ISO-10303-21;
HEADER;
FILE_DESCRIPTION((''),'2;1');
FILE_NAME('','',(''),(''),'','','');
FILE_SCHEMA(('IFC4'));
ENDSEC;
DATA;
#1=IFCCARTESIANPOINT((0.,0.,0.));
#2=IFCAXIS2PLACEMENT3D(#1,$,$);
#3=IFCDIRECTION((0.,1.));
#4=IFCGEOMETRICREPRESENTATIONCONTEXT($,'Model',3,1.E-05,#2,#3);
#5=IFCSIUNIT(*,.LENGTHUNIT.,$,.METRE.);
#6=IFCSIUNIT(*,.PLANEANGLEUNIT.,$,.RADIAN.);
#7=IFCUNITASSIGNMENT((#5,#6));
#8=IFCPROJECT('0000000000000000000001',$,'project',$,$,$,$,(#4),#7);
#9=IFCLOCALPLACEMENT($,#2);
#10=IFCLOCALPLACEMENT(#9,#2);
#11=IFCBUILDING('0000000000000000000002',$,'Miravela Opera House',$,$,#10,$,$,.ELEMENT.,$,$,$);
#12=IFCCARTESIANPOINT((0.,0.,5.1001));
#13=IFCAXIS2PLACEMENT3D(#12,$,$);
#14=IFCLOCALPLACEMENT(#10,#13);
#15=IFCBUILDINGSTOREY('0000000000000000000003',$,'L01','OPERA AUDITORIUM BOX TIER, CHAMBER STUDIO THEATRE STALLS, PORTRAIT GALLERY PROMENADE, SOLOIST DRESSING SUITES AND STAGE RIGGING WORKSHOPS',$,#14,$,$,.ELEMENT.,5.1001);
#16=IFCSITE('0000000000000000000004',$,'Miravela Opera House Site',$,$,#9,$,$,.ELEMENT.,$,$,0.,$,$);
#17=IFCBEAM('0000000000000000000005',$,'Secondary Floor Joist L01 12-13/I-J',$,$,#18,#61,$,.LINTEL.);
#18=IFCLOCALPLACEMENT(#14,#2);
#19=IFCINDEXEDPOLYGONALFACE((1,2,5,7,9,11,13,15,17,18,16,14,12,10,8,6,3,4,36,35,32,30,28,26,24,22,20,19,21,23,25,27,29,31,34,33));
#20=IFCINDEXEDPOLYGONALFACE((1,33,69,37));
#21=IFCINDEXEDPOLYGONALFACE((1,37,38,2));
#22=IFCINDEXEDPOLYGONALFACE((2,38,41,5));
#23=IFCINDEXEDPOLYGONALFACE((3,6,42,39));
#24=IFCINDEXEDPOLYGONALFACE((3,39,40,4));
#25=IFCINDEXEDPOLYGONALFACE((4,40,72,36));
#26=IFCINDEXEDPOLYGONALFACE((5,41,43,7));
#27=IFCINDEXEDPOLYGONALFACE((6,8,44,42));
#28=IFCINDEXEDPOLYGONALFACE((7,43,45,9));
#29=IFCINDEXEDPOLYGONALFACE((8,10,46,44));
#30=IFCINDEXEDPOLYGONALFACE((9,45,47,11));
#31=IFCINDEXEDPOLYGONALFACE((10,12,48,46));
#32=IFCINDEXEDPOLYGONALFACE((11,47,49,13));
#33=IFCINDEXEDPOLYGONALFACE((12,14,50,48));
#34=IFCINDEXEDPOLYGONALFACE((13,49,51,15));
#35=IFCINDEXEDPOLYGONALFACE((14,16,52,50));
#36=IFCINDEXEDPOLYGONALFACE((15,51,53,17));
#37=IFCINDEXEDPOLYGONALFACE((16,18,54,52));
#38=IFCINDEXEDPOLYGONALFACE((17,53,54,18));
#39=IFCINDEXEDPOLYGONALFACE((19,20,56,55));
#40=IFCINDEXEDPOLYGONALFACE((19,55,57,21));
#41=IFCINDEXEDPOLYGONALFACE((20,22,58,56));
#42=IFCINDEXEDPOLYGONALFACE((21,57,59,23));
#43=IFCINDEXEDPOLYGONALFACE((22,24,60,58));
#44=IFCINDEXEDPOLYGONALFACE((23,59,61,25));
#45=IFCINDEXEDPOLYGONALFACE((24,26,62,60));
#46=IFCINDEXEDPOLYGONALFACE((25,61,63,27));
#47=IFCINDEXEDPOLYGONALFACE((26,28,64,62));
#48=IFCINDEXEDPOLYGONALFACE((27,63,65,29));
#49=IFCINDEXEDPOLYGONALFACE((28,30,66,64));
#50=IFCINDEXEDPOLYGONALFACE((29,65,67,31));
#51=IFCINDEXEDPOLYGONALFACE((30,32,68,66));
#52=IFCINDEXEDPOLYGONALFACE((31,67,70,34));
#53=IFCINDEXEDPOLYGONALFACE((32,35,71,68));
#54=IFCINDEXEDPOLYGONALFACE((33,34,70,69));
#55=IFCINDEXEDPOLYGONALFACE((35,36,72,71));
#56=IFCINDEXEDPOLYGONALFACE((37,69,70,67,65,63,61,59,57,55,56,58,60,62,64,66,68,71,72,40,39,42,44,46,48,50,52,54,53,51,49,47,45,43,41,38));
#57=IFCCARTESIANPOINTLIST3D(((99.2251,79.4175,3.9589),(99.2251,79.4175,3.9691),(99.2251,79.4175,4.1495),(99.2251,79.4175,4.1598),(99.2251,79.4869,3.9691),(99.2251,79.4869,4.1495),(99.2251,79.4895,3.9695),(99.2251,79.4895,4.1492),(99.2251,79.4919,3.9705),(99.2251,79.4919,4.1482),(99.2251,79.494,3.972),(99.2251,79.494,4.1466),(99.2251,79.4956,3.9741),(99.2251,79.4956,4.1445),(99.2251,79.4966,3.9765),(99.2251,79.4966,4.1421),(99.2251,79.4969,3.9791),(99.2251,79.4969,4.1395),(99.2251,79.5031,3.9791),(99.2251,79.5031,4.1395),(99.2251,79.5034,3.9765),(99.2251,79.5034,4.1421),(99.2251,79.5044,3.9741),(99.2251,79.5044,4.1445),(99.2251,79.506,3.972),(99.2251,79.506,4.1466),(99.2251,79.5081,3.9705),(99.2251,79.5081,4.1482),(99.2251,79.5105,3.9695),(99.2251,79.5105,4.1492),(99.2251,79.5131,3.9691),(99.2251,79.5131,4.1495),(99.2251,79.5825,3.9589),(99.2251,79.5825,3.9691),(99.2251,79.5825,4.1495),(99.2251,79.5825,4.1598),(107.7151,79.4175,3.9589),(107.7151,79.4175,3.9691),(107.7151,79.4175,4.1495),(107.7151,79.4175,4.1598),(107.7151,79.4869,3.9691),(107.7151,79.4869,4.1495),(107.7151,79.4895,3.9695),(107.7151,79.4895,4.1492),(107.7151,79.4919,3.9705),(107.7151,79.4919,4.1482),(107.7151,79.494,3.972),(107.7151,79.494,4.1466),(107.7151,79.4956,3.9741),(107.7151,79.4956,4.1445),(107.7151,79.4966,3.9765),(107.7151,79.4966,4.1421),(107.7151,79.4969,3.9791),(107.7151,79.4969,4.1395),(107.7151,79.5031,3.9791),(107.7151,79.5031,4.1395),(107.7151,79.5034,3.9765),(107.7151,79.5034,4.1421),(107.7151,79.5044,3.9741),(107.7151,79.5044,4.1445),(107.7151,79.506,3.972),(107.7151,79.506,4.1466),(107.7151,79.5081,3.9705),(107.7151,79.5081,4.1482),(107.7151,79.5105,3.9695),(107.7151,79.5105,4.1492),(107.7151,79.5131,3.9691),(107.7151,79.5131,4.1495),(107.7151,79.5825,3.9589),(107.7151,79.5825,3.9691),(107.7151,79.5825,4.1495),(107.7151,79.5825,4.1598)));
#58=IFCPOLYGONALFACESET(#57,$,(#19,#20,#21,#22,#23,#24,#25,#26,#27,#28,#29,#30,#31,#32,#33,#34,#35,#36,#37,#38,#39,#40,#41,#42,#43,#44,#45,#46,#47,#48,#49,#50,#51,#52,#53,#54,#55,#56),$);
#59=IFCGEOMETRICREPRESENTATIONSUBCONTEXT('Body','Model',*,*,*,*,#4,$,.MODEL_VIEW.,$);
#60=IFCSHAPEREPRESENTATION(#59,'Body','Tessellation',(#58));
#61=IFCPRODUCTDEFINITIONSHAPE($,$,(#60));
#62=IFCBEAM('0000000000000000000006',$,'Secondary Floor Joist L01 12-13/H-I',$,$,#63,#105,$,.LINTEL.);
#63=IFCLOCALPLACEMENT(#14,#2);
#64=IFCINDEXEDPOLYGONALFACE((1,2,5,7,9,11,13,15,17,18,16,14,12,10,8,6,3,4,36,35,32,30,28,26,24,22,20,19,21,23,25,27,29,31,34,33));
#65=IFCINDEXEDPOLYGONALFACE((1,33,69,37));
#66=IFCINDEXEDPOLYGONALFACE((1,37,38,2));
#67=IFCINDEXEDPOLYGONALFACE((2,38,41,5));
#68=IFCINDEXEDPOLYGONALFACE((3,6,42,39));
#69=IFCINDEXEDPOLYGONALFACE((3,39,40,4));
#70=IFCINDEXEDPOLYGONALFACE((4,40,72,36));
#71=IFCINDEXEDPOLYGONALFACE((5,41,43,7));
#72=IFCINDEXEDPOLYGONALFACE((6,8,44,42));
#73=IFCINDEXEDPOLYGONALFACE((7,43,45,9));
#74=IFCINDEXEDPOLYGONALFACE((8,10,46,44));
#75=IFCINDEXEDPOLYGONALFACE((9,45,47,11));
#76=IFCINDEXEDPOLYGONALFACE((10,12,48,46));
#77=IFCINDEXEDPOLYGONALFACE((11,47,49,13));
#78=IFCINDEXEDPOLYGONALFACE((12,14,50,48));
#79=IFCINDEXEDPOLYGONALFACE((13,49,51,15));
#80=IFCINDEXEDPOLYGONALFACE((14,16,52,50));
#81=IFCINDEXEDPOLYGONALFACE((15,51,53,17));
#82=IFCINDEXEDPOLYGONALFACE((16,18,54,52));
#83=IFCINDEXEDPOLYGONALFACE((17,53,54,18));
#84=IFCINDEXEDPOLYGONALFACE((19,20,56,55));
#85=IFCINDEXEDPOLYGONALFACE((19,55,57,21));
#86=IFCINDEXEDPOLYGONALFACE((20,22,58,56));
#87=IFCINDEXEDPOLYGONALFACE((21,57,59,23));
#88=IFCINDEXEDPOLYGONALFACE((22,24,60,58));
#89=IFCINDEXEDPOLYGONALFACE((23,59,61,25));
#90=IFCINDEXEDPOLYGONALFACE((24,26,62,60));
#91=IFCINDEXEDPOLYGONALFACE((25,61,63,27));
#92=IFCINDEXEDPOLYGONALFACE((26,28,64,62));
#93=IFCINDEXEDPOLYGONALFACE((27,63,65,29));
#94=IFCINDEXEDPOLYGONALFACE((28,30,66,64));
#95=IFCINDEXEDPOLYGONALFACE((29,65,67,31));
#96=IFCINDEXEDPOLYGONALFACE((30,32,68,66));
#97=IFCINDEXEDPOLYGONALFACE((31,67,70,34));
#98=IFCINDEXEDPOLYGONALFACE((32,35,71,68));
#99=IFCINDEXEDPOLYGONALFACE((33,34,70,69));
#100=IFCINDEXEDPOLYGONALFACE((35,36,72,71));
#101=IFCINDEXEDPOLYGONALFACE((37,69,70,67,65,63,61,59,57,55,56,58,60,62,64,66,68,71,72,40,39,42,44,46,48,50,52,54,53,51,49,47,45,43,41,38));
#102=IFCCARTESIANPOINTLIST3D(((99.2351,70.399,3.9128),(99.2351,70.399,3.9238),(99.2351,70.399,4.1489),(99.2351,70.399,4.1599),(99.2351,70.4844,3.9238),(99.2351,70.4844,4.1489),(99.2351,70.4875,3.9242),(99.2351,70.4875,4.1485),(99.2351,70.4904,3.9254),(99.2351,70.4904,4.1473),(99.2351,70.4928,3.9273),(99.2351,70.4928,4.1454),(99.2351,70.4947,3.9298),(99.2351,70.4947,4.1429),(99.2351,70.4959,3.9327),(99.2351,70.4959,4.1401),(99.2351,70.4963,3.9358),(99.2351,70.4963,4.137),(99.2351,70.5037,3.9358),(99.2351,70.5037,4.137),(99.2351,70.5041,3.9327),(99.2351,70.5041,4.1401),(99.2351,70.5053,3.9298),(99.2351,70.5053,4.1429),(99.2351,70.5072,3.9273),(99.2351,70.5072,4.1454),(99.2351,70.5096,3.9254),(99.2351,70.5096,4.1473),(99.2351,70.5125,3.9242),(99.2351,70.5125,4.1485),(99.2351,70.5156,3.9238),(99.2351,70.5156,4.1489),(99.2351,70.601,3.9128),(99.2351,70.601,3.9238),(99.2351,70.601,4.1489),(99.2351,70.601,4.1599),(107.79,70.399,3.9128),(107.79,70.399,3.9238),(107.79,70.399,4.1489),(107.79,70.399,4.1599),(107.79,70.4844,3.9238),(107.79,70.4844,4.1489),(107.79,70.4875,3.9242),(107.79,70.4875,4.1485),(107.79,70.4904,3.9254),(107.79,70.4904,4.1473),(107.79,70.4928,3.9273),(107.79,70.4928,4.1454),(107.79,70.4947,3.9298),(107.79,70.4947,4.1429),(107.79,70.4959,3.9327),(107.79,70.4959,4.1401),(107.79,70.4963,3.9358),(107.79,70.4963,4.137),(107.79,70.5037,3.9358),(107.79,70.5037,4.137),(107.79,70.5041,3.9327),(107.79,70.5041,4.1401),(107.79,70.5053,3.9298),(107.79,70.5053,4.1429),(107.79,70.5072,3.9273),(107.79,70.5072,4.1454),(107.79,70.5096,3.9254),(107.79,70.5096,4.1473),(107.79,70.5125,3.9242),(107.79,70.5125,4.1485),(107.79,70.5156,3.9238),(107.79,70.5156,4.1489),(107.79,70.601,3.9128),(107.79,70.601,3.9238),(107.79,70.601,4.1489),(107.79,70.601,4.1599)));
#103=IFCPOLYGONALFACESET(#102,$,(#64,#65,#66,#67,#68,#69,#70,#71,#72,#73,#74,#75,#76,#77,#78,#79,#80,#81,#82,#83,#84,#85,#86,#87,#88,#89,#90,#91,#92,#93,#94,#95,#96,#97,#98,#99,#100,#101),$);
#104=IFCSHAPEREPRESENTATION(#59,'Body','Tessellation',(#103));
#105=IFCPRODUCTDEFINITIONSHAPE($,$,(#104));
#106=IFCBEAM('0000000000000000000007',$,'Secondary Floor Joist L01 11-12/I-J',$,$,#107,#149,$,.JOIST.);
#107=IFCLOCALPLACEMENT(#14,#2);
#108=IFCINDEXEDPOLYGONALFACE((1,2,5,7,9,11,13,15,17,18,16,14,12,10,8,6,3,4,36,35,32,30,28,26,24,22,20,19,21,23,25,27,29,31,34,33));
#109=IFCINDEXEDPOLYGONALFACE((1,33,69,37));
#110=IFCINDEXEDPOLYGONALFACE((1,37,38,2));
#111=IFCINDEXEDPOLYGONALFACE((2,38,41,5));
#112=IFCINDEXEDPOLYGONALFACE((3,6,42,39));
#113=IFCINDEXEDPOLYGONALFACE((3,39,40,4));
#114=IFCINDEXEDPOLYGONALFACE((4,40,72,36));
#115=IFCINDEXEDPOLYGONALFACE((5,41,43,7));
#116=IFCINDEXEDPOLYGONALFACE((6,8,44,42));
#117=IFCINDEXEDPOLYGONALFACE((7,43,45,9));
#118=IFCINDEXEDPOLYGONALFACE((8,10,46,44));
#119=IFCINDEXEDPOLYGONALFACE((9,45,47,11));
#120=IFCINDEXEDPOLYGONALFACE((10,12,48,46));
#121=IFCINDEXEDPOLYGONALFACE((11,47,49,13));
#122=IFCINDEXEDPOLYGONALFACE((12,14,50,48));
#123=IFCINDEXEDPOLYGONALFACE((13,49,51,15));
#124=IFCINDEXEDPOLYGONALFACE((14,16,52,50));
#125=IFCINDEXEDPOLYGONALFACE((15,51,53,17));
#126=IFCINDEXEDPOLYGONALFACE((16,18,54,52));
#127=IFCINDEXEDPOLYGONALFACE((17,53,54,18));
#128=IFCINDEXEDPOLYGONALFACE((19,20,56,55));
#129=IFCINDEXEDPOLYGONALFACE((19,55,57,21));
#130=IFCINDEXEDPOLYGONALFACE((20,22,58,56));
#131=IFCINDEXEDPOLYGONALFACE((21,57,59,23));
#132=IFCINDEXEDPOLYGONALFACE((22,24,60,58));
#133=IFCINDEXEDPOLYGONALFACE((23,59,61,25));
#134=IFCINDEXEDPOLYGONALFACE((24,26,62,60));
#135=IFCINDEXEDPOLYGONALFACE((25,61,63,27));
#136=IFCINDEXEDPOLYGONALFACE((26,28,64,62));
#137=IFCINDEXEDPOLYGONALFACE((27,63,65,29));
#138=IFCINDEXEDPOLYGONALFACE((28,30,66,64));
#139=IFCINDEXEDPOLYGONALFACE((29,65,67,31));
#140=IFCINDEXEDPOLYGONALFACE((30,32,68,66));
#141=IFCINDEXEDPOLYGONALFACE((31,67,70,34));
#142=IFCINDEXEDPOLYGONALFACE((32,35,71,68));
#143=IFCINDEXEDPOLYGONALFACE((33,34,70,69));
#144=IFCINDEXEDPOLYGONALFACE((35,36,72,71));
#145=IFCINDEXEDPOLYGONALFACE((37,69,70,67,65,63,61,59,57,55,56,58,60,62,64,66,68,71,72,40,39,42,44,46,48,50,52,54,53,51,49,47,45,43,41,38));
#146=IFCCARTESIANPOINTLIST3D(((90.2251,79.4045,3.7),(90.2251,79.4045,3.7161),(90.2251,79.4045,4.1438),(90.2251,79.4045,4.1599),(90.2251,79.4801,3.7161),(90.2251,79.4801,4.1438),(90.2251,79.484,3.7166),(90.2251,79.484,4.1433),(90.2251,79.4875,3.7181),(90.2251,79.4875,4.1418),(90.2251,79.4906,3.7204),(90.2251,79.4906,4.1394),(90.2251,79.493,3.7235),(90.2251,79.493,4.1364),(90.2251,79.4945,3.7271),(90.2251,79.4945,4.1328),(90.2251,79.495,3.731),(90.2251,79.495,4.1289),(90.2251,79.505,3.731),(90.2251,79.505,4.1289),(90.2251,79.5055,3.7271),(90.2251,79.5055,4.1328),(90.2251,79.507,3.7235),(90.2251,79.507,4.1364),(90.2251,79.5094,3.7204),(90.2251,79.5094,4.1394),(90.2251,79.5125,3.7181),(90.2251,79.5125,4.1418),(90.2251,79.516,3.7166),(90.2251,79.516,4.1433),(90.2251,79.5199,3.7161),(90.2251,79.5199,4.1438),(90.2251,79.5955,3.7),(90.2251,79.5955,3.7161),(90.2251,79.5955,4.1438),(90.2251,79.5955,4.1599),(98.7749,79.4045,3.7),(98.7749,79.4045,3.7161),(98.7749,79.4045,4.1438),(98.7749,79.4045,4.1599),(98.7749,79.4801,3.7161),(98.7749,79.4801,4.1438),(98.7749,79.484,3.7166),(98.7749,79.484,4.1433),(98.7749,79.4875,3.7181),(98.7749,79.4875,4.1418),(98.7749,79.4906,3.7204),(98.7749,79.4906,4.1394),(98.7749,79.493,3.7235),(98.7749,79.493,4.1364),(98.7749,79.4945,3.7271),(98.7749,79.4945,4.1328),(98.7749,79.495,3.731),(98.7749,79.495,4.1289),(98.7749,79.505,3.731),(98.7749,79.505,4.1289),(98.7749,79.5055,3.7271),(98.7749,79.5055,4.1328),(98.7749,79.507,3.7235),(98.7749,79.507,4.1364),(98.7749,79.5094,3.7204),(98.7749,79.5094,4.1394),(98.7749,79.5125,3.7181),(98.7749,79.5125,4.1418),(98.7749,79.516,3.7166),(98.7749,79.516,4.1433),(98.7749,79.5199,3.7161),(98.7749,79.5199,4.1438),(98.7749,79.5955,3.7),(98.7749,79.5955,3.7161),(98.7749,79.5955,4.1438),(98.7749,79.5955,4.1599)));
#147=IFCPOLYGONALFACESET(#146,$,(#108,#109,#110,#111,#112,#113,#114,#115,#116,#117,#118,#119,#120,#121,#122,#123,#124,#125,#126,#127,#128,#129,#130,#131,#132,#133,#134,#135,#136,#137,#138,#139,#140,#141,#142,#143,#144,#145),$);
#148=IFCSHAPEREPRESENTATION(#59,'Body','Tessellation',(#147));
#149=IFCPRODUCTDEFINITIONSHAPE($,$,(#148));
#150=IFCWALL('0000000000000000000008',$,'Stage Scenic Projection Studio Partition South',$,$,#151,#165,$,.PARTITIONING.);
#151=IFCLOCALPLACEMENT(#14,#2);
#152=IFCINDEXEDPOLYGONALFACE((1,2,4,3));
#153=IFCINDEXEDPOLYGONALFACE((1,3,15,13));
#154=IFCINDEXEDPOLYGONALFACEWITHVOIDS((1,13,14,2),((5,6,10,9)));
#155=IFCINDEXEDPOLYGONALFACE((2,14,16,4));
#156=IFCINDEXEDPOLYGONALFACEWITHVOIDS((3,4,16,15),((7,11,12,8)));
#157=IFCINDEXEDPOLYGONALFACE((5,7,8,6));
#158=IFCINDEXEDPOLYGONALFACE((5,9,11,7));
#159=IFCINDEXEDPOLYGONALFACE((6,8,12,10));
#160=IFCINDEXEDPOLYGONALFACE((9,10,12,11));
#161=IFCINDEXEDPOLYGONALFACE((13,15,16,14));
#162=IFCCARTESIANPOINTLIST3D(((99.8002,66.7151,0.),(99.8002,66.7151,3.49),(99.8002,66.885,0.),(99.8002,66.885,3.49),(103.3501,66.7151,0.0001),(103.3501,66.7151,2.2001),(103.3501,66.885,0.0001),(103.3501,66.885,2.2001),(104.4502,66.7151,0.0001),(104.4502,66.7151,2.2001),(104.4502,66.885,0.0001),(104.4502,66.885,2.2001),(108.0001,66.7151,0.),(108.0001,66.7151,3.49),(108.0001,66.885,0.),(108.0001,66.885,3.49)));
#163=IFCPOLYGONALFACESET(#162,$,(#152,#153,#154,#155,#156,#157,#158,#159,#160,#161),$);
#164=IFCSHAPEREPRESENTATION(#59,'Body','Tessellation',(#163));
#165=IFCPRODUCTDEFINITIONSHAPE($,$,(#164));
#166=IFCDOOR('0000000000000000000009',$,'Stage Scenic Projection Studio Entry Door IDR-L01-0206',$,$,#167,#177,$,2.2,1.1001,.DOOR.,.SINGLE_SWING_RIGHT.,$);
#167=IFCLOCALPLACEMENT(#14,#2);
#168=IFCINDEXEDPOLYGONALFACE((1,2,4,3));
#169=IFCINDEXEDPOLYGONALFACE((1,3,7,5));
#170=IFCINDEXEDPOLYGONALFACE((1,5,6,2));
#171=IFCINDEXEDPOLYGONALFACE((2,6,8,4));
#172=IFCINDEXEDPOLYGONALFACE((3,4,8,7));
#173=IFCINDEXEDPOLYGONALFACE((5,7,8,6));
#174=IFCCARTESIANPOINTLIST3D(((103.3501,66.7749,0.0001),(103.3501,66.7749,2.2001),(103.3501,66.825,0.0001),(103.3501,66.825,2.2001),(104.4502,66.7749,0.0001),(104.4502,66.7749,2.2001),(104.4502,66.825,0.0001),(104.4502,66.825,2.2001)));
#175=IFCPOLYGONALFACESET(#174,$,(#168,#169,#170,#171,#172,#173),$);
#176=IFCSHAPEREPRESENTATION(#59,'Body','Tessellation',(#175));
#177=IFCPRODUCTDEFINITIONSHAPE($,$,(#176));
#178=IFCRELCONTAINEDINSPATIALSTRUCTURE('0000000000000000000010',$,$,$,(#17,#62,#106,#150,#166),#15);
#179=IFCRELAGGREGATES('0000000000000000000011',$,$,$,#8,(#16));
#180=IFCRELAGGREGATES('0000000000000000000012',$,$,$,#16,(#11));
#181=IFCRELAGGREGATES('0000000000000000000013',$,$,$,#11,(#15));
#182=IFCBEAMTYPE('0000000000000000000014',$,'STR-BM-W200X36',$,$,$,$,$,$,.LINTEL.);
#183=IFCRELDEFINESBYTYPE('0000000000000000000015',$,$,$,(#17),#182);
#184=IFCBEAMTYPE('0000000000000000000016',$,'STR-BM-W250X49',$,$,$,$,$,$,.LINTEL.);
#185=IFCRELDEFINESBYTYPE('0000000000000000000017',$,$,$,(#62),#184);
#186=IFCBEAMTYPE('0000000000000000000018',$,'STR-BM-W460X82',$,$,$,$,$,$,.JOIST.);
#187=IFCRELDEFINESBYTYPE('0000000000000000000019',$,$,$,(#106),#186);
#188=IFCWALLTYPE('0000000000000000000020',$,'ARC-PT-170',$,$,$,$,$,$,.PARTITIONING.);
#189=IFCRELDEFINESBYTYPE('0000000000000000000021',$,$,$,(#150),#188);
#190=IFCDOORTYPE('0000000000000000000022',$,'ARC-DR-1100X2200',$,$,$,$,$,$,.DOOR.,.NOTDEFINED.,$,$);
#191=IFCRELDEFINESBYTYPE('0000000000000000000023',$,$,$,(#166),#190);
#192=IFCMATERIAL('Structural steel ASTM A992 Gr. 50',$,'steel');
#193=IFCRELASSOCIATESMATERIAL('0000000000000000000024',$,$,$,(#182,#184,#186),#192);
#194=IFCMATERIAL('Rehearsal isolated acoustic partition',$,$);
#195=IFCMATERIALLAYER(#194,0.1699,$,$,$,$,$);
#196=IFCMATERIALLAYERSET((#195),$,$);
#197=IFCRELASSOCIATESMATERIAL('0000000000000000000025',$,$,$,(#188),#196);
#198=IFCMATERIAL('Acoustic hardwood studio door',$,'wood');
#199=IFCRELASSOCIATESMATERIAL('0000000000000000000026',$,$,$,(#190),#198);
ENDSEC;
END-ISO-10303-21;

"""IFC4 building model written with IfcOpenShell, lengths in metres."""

from ifc_helpers import new_model, si_unit, direction, frame, frame_2d, origin, origin_2d, place, context, subcontext, project, spatial, rectangle, i_section, extrude, material, layer, layer_set, material_profile, profile_set, type_object, element, fill, save


model = new_model("IFC4")

# Units and contexts
model_context = context("Model", 3, precision=1e-05, world=origin(), true_north=direction((0.0, 1.0)))
body_context = subcontext(model_context, "Body", "Model", "MODEL_VIEW")
ifc_project = project(units=[si_unit("LENGTHUNIT", "METRE"), si_unit("PLANEANGLEUNIT", "RADIAN")], contexts=[model_context])

# Site, building, storey
site_placement = place(None, origin())
site = spatial("IfcSite", under=ifc_project, at=site_placement, Name="Miravela Opera House Site", CompositionType="ELEMENT", RefElevation=0.0)
building_placement = place(site_placement, origin())
building = spatial("IfcBuilding", under=site, at=building_placement, Name="Miravela Opera House", CompositionType="ELEMENT")
storey_placement = place(building_placement, frame((0.0, 0.0, 5.1001)))
storey = spatial("IfcBuildingStorey", under=building, at=storey_placement, Name="L01", Description="OPERA AUDITORIUM BOX TIER, CHAMBER STUDIO THEATRE STALLS, PORTRAIT GALLERY PROMENADE, SOLOIST DRESSING SUITES AND STAGE RIGGING WORKSHOPS", CompositionType="ELEMENT", Elevation=5.1001)

# Beams
ifc_material_1 = material(Name="Structural steel ASTM A992 Gr. 50", Category="steel")
ifc_material_profile_1 = material_profile(ifc_material_1, i_section(OverallWidth=0.165, OverallDepth=0.2009, WebThickness=0.0061, FlangeThickness=0.0103, FilletRadius=0.01, at=origin_2d()), Name="W200X36")
ifc_profile_set_1 = profile_set([ifc_material_profile_1])
beam_type_1 = type_object("IfcBeamType", Name="STR-BM-W200X36", PredefinedType="LINTEL", material=ifc_profile_set_1)
beam_1_placement = place(storey_placement, frame((99.2251, 79.5, 4.0593), z_axis=(1.0, 0.0, 0.0), x_axis=(0.0, 1.0, 0.0)))
element("IfcBeam", 1, at=beam_1_placement, inside=storey, type_object=beam_type_1, Name="Secondary Floor Joist L01 12-13/I-J", PredefinedType="LINTEL", context=body_context, shape_type="SweptSolid", body=[
    extrude(i_section(OverallWidth=0.165, OverallDepth=0.2009, WebThickness=0.0061, FlangeThickness=0.0103, FilletRadius=0.01, at=origin_2d()), origin(), (0.0, 0.0, 1.0), 8.49),
])
ifc_material_profile_2 = material_profile(ifc_material_1, i_section(OverallWidth=0.2019, OverallDepth=0.2471, WebThickness=0.0073, FlangeThickness=0.011, FilletRadius=0.012, at=origin_2d()), Name="W250X49")
ifc_profile_set_2 = profile_set([ifc_material_profile_2])
beam_type_2 = type_object("IfcBeamType", Name="STR-BM-W250X49", PredefinedType="LINTEL", material=ifc_profile_set_2)
beam_2_placement = place(storey_placement, frame((99.2351, 70.5, 4.0364), z_axis=(1.0, 0.0, 0.0), x_axis=(0.0, 1.0, 0.0)))
element("IfcBeam", 2, at=beam_2_placement, inside=storey, type_object=beam_type_2, Name="Secondary Floor Joist L01 12-13/H-I", PredefinedType="LINTEL", context=body_context, shape_type="SweptSolid", body=[
    extrude(i_section(OverallWidth=0.2019, OverallDepth=0.2471, WebThickness=0.0073, FlangeThickness=0.011, FilletRadius=0.012, at=origin_2d()), origin(), (0.0, 0.0, 1.0), 8.5549),
])
ifc_material_profile_3 = material_profile(ifc_material_1, i_section(OverallWidth=0.1909, OverallDepth=0.46, WebThickness=0.01, FlangeThickness=0.0161, FilletRadius=0.0149, at=origin_2d()), Name="W460X82")
ifc_profile_set_3 = profile_set([ifc_material_profile_3])
beam_type_3 = type_object("IfcBeamType", Name="STR-BM-W460X82", PredefinedType="JOIST", material=ifc_profile_set_3)
beam_3_placement = place(storey_placement, frame((90.2251, 79.5, 3.9299), z_axis=(1.0, 0.0, 0.0), x_axis=(0.0, 1.0, 0.0)))
element("IfcBeam", 3, at=beam_3_placement, inside=storey, type_object=beam_type_3, Name="Secondary Floor Joist L01 11-12/I-J", PredefinedType="JOIST", context=body_context, shape_type="SweptSolid", body=[
    extrude(i_section(OverallWidth=0.1909, OverallDepth=0.46, WebThickness=0.01, FlangeThickness=0.0161, FilletRadius=0.0149, at=origin_2d()), origin(), (0.0, 0.0, 1.0), 8.5498),
])

# Wall, opening, door
ifc_material_2 = material(Name="Rehearsal isolated acoustic partition")
ifc_layer_1 = layer(ifc_material_2, 0.1699)
ifc_layer_set_1 = layer_set([ifc_layer_1])
wall_type_1 = type_object("IfcWallType", Name="ARC-PT-170", PredefinedType="PARTITIONING", material=ifc_layer_set_1)
wall_1_placement = place(storey_placement, frame((99.8, 66.8, 0.0), z_axis=(0.0, 0.0, 1.0), x_axis=(1.0, 0.0, 0.0)))
wall_1 = element("IfcWall", 4, at=wall_1_placement, inside=storey, type_object=wall_type_1, Name="Stage Scenic Projection Studio Partition South", PredefinedType="PARTITIONING", context=body_context, shape_type="SweptSolid", body=[
    extrude(rectangle(XDim=8.2, YDim=0.1699, at=frame_2d((4.1001, 0.0))), origin(), (0.0, 0.0, 1.0), 3.49),
])
opening_placement = place(wall_1_placement, frame((3.55, 0.0, 0.0)))
opening = element("IfcOpeningElement", 5, at=opening_placement, cuts=wall_1, PredefinedType="OPENING", context=body_context, shape_type="SweptSolid", body=[
    extrude(rectangle(XDim=1.1001, YDim=2.2, at=frame_2d((0.55, 1.1001))), frame((0.0, 0.095, 0.0), z_axis=(0.0, -1.0, 0.0), x_axis=(1.0, 0.0, 0.0)), (0.0, 0.0, 1.0), 0.1899),
])
ifc_material_3 = material(Name="Acoustic hardwood studio door", Category="wood")
door_type = type_object("IfcDoorType", Name="ARC-DR-1100X2200", OperationType="NOTDEFINED", PredefinedType="DOOR", material=ifc_material_3)
door_placement = place(opening_placement, origin())
door = element("IfcDoor", 6, at=door_placement, inside=storey, type_object=door_type, Name="Stage Scenic Projection Studio Entry Door IDR-L01-0206", OperationType="SINGLE_SWING_RIGHT", OverallHeight=2.2, OverallWidth=1.1001, PredefinedType="DOOR", context=body_context, shape_type="SweptSolid", body=[
    extrude(rectangle(XDim=1.1001, YDim=2.2, at=frame_2d((0.55, 1.1001))), frame((0.0, 0.0249, 0.0), z_axis=(0.0, -1.0, 0.0), x_axis=(1.0, 0.0, 0.0)), (0.0, 0.0, 1.0), 0.05),
])
fill(opening, door)

save(model, "model.ifc")
